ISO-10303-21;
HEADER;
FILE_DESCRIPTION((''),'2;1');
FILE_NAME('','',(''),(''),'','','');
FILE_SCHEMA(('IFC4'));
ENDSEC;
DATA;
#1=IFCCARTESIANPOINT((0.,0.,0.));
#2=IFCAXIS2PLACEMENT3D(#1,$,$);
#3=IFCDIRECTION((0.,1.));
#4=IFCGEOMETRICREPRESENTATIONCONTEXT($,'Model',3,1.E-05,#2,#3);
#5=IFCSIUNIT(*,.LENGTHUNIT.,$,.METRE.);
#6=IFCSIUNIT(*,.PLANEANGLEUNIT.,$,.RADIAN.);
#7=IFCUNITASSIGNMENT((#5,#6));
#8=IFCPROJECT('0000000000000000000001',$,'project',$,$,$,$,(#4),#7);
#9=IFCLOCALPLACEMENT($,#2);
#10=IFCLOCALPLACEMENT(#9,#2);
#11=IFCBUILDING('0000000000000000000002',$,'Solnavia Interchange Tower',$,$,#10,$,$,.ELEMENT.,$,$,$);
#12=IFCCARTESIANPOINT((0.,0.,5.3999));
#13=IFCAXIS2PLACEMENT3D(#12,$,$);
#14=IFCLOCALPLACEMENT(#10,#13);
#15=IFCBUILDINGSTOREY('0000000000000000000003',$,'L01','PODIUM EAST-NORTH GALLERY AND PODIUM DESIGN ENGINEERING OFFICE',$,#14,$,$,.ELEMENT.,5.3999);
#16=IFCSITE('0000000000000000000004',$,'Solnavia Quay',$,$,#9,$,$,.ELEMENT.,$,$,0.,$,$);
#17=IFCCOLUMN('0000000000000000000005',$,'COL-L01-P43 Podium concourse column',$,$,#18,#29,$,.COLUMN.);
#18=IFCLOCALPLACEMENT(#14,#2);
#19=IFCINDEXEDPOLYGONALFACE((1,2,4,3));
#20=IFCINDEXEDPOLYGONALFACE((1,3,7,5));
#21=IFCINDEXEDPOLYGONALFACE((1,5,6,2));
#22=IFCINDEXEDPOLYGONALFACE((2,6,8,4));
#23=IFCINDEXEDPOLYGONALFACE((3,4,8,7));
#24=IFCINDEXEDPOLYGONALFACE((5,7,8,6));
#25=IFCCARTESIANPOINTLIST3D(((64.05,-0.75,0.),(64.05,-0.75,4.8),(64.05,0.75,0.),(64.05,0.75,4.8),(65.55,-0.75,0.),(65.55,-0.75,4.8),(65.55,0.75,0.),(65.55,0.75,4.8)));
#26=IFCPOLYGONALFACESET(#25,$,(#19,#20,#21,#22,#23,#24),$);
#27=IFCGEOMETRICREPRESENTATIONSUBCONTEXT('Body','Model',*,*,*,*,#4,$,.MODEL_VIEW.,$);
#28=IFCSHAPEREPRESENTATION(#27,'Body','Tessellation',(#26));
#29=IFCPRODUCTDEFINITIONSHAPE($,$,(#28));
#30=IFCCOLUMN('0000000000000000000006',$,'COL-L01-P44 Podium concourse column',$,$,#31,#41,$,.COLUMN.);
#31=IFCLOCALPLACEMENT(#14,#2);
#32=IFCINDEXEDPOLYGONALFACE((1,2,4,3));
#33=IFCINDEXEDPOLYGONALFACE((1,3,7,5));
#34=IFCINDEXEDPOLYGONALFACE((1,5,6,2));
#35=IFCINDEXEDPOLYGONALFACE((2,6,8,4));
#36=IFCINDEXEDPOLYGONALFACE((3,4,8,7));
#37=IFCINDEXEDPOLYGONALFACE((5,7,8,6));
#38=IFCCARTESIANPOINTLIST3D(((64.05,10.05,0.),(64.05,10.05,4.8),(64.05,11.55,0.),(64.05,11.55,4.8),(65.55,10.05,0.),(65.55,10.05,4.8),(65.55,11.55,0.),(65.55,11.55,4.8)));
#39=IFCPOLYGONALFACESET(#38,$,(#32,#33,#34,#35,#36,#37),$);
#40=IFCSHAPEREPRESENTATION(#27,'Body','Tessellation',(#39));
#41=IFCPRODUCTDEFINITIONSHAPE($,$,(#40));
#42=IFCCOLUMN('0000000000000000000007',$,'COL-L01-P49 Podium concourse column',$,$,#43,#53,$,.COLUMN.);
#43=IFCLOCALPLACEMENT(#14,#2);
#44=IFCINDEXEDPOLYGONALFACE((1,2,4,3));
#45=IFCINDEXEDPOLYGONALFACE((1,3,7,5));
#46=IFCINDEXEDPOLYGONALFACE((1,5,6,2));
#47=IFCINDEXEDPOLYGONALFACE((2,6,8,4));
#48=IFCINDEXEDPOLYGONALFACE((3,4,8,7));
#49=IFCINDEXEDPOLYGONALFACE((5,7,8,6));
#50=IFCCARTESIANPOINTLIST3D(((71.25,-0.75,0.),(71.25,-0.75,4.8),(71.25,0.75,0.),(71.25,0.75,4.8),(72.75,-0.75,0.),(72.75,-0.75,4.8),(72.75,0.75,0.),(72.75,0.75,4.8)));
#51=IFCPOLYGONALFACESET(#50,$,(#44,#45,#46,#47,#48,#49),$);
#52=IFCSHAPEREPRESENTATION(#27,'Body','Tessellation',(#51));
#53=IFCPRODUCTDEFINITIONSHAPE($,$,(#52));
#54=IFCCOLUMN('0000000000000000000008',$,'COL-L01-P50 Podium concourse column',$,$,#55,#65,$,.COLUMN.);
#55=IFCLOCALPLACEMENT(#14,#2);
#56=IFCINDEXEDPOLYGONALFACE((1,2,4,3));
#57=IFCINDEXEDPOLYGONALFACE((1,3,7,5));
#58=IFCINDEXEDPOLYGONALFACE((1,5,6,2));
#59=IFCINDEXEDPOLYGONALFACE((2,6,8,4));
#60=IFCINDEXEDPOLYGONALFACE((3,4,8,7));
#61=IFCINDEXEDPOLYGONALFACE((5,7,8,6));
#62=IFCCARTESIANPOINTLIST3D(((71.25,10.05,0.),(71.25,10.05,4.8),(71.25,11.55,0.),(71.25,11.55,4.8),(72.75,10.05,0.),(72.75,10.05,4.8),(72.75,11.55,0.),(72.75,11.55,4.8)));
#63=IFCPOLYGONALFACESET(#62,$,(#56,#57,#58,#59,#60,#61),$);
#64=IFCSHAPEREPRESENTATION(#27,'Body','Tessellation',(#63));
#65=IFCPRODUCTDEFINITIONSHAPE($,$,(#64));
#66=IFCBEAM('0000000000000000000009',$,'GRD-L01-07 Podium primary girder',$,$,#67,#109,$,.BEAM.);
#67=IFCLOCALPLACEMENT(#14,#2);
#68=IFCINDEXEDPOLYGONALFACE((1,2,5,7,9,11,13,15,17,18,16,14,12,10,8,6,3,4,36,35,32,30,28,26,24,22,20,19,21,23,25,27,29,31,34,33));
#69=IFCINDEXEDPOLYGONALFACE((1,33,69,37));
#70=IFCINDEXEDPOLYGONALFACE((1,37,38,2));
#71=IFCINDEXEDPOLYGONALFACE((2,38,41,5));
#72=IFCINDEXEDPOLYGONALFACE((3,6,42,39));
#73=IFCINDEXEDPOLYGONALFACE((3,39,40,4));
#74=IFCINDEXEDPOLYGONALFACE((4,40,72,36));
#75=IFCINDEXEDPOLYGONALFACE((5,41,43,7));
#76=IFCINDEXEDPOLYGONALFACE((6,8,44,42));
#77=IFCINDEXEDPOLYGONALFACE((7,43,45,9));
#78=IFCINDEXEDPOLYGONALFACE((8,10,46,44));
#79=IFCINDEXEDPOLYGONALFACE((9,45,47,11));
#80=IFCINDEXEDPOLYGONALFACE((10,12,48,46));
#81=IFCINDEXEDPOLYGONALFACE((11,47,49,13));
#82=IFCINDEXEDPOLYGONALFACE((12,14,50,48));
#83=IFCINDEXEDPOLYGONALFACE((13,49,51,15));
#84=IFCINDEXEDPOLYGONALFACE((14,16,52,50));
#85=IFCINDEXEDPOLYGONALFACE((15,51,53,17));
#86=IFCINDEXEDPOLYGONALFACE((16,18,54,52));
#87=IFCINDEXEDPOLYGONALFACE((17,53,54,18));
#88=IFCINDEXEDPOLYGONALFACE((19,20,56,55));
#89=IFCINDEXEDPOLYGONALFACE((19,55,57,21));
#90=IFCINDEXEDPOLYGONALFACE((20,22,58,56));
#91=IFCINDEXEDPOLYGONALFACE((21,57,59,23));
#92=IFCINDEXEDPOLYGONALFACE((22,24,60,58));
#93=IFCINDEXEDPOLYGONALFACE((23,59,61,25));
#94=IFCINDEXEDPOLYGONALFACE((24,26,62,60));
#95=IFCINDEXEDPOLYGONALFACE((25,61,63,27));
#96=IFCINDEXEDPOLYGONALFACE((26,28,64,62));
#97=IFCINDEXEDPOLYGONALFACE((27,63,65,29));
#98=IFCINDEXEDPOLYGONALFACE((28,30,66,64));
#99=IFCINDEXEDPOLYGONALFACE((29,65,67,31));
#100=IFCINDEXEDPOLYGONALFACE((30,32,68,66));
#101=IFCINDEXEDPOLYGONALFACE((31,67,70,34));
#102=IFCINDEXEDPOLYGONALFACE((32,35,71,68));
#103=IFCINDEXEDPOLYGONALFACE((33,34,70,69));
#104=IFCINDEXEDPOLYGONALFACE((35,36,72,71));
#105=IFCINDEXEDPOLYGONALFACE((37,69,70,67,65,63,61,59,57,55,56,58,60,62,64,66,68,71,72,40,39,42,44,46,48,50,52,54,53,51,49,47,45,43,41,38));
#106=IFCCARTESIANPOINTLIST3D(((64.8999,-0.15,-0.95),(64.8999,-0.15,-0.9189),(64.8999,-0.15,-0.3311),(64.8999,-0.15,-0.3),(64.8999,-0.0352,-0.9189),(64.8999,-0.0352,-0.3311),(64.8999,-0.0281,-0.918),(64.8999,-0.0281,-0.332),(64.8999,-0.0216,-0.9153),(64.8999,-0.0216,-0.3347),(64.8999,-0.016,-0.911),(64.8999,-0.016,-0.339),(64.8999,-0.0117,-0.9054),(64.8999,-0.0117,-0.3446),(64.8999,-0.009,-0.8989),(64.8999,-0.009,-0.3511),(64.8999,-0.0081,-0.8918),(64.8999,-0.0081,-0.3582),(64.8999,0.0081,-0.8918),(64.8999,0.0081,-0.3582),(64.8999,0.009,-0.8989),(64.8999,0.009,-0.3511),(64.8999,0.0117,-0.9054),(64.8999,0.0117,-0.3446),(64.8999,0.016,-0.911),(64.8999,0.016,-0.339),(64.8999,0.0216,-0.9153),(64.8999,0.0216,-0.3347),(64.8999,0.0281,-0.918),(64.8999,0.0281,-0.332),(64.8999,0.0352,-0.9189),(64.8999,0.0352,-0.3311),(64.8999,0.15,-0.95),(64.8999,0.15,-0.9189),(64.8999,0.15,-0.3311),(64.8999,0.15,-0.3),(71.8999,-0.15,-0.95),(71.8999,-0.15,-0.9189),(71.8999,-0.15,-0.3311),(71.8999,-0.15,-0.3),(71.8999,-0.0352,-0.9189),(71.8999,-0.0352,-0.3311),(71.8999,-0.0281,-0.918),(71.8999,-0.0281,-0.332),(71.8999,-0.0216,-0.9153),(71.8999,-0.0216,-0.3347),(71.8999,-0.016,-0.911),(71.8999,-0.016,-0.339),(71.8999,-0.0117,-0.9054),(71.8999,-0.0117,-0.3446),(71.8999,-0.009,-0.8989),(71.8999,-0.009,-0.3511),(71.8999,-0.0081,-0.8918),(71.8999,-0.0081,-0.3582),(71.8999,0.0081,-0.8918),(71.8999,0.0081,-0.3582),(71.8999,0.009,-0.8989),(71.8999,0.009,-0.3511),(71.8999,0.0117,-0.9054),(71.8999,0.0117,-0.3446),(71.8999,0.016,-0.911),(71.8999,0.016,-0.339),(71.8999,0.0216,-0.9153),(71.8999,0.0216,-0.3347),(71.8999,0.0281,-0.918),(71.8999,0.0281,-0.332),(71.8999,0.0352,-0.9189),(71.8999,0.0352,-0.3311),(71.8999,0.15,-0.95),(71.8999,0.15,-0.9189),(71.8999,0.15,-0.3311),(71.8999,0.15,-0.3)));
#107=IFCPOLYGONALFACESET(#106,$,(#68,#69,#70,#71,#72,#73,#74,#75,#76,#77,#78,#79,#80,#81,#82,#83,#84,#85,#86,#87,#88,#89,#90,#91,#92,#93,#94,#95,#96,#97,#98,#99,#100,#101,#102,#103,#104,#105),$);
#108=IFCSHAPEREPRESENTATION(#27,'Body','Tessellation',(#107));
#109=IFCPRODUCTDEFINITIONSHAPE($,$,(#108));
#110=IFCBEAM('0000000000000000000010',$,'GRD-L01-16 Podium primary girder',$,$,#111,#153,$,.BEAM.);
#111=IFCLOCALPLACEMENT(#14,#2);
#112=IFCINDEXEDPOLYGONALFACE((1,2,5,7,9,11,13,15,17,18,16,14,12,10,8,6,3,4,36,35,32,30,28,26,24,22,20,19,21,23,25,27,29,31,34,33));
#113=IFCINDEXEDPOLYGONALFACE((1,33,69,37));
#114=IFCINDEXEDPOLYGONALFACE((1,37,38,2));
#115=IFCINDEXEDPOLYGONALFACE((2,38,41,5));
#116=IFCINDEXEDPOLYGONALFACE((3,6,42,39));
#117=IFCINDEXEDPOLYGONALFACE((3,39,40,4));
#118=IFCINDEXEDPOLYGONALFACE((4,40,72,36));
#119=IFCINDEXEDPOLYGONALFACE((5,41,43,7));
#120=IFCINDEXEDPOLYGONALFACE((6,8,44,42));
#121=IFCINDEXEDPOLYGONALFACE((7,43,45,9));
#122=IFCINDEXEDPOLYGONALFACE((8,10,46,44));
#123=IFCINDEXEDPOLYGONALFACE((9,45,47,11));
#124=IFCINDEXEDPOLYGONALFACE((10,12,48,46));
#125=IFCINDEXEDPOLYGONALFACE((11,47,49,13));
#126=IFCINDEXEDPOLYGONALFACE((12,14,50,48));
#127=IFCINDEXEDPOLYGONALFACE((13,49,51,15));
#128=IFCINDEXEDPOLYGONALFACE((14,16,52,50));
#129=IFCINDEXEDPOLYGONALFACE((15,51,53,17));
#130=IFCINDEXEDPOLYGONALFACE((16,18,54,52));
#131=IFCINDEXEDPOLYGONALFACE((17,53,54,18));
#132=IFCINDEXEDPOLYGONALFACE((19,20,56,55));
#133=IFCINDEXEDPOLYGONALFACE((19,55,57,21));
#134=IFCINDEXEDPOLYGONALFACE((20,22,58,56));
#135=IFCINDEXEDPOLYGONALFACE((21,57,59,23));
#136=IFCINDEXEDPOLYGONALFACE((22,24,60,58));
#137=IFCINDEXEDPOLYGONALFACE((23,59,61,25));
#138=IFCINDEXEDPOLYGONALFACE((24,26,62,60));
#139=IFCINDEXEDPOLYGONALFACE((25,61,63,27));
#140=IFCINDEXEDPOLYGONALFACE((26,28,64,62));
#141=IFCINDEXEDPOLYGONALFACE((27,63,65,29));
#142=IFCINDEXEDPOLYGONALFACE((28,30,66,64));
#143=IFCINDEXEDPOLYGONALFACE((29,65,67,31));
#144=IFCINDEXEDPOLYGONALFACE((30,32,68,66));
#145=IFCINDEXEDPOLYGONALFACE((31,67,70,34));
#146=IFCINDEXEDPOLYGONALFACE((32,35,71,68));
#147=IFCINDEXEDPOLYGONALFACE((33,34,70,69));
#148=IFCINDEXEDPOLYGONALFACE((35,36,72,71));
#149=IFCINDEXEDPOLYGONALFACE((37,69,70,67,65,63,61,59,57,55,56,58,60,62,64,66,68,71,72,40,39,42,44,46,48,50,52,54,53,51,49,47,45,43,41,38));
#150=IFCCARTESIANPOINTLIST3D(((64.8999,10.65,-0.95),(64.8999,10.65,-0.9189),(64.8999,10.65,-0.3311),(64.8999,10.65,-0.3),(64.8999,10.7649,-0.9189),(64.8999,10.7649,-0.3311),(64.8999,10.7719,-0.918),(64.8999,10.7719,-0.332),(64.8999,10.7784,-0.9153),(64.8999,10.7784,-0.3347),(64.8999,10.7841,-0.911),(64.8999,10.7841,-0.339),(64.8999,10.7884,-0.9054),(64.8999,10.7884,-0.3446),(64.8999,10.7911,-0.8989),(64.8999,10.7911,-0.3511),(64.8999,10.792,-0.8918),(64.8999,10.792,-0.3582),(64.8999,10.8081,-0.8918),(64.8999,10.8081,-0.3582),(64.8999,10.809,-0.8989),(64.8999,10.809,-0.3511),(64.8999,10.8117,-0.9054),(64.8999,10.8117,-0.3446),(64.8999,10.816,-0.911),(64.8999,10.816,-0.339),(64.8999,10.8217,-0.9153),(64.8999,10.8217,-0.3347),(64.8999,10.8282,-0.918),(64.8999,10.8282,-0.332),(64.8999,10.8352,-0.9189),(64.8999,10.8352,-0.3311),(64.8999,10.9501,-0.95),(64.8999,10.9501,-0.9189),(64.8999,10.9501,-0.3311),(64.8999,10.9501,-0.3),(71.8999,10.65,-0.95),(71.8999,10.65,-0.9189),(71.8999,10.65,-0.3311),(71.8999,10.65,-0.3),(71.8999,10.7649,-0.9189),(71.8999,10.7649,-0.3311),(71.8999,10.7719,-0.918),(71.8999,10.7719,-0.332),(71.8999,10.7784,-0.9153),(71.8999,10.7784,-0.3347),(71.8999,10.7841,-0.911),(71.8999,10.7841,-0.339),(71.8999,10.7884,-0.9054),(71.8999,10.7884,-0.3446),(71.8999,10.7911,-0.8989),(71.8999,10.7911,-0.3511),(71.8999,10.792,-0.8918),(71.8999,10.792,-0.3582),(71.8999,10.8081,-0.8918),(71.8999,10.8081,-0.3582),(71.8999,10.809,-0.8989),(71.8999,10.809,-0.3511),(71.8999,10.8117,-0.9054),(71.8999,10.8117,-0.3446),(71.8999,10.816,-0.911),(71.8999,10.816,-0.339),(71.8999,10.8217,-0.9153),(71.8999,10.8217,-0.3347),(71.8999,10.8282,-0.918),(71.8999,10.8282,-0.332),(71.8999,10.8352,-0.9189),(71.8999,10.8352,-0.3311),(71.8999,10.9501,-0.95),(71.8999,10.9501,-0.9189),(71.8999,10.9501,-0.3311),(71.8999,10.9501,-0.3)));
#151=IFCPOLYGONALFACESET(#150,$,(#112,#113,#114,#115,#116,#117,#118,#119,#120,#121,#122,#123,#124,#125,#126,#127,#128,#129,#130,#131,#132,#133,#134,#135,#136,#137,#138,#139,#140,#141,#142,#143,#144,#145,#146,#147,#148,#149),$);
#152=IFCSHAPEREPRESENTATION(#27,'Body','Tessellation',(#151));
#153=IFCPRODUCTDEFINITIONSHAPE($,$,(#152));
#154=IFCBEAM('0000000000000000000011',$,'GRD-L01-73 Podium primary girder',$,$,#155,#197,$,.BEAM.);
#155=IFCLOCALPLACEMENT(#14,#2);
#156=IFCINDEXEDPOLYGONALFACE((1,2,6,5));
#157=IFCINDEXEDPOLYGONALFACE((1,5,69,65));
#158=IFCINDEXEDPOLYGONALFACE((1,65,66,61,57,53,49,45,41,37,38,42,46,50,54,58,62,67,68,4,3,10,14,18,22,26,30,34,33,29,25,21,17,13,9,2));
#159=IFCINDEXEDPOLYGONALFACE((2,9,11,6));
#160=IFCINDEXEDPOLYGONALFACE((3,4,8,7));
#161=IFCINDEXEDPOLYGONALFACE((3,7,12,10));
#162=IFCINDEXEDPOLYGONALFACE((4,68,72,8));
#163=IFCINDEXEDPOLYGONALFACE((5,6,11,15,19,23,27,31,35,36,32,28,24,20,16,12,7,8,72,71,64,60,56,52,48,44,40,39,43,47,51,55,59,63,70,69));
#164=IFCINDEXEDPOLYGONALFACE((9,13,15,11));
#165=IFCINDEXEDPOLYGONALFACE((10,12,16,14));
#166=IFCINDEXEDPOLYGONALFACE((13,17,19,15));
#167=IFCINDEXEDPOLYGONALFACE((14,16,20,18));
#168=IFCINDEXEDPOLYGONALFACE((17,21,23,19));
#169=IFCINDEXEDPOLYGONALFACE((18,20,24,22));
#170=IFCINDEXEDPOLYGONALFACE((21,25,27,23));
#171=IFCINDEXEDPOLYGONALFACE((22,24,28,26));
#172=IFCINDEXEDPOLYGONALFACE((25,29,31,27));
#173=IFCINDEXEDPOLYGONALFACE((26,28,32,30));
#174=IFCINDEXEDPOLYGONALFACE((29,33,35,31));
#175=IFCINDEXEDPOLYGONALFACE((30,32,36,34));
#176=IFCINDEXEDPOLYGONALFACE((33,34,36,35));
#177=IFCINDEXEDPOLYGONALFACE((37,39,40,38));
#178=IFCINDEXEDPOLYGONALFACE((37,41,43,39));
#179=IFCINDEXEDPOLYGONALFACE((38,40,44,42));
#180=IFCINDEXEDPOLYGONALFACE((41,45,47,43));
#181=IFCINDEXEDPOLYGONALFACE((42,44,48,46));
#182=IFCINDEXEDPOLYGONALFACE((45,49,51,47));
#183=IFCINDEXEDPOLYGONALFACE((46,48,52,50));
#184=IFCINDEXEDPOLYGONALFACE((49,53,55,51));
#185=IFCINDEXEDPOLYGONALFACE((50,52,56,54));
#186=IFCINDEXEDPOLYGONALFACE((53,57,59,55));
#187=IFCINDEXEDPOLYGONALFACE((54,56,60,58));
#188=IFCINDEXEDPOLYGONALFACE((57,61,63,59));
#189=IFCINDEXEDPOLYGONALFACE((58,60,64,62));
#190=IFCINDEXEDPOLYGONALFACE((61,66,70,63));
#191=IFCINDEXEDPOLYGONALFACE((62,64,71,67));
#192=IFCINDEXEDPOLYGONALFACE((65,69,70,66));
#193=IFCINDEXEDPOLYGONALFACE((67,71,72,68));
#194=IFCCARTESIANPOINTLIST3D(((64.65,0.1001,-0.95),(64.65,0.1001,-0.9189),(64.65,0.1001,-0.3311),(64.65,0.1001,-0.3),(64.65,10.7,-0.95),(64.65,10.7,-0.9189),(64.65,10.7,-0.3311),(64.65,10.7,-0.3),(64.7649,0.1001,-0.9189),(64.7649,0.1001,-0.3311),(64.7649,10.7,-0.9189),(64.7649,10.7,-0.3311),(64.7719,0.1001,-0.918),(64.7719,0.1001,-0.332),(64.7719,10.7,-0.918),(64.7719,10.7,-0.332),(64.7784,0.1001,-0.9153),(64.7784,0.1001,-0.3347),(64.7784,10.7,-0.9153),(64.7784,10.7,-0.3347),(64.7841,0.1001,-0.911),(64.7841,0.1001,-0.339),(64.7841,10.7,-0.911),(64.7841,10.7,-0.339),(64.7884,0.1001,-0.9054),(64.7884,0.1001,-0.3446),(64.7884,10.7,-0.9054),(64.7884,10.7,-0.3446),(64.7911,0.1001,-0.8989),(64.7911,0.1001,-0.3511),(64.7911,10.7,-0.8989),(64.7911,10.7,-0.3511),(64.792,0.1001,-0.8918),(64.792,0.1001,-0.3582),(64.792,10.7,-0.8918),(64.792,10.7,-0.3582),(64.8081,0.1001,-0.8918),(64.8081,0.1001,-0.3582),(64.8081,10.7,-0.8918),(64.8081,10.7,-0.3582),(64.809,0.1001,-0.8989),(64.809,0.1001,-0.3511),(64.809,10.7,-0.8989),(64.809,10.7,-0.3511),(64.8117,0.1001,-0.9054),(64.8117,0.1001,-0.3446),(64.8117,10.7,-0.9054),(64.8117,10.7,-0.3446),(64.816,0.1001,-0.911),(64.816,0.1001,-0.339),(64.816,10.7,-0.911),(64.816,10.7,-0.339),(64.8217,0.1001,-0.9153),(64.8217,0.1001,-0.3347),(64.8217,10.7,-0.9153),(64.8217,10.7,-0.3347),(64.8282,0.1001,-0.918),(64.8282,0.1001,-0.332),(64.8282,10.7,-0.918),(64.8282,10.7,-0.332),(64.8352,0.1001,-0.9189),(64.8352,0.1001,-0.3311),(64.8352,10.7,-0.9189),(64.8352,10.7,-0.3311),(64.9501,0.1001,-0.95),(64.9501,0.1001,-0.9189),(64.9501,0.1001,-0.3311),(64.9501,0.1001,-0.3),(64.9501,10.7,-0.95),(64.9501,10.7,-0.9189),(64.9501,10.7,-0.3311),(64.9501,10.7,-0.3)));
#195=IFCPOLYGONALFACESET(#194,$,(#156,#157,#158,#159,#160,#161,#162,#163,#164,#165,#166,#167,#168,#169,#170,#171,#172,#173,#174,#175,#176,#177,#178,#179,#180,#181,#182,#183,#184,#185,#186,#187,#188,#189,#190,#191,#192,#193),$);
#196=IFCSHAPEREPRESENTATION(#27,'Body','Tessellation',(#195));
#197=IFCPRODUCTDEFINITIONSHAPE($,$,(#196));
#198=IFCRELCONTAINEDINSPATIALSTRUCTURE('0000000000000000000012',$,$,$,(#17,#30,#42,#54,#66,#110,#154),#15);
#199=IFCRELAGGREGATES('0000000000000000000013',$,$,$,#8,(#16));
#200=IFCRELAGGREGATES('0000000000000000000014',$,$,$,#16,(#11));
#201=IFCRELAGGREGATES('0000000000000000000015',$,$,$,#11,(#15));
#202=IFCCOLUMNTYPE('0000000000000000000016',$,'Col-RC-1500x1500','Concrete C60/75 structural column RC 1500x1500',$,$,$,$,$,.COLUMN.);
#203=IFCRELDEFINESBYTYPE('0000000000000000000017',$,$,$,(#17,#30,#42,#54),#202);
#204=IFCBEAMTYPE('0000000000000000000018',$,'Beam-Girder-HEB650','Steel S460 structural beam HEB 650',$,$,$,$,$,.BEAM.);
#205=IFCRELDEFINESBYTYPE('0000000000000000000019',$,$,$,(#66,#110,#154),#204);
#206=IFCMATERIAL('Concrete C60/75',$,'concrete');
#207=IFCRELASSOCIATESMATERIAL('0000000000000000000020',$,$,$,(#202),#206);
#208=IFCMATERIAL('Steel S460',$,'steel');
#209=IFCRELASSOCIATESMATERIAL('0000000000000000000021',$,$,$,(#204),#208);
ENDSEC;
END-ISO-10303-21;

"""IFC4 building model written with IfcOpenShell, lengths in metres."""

from ifc_helpers import new_model, si_unit, direction, frame, origin, origin_2d, place, context, subcontext, project, spatial, rectangle, i_section, extrude, material, material_profile, profile_set, type_object, element, save


model = new_model("IFC4")

# Units and contexts
model_context = context("Model", 3, precision=1e-05, world=origin(), true_north=direction((0.0, 1.0)))
body_context = subcontext(model_context, "Body", "Model", "MODEL_VIEW")
ifc_project = project(units=[si_unit("LENGTHUNIT", "METRE"), si_unit("PLANEANGLEUNIT", "RADIAN")], contexts=[model_context])

# Site, building, storey
site_placement = place(None, origin())
site = spatial("IfcSite", under=ifc_project, at=site_placement, Name="Solnavia Quay", CompositionType="ELEMENT", RefElevation=0.0)
building_placement = place(site_placement, origin())
building = spatial("IfcBuilding", under=site, at=building_placement, Name="Solnavia Interchange Tower", CompositionType="ELEMENT")
storey_placement = place(building_placement, frame((0.0, 0.0, 5.3999)))
storey = spatial("IfcBuildingStorey", under=building, at=storey_placement, Name="L01", Description="PODIUM EAST-NORTH GALLERY AND PODIUM DESIGN ENGINEERING OFFICE", CompositionType="ELEMENT", Elevation=5.3999)

# Columns
ifc_material_1 = material(Name="Concrete C60/75", Category="concrete")
ifc_material_profile_1 = material_profile(ifc_material_1, rectangle(XDim=1.5, YDim=1.5, at=origin_2d()), Name="RC 1500x1500")
ifc_profile_set_1 = profile_set([ifc_material_profile_1], Name="Concrete C60/75")
column_type = type_object("IfcColumnType", Name="Col-RC-1500x1500", Description="Concrete C60/75 structural column RC 1500x1500", PredefinedType="COLUMN", material=ifc_profile_set_1)
for number, where, z_axis, x_axis, name in (
    (1, (64.8, 0.0, 0.0), (0.0, 0.0, 1.0), (1.0, 0.0, 0.0), "COL-L01-P43 Podium concourse column"),
    (2, (64.8, 10.8, 0.0), (0.0, 0.0, 1.0), (1.0, 0.0, 0.0), "COL-L01-P44 Podium concourse column"),
    (3, (72.0, 0.0, 0.0), (0.0, 0.0, 1.0), (1.0, 0.0, 0.0), "COL-L01-P49 Podium concourse column"),
    (4, (72.0, 10.8, 0.0), (0.0, 0.0, 1.0), (1.0, 0.0, 0.0), "COL-L01-P50 Podium concourse column"),
):
    element("IfcColumn", number, at=place(storey_placement, frame(where, z_axis=z_axis, x_axis=x_axis)), inside=storey, type_object=column_type, Name=name, PredefinedType="COLUMN", context=body_context, shape_type="SweptSolid", body=[
        extrude(rectangle(XDim=1.5, YDim=1.5, at=origin_2d()), origin(), (0.0, 0.0, 1.0), 4.8),
    ])

# Beams
ifc_material_2 = material(Name="Steel S460", Category="steel")
ifc_material_profile_2 = material_profile(ifc_material_2, i_section(OverallWidth=0.3, OverallDepth=0.6499, WebThickness=0.0161, FlangeThickness=0.031, FilletRadius=0.0271, at=origin_2d()), Name="HEB 650")
ifc_profile_set_2 = profile_set([ifc_material_profile_2], Name="Steel S460")
beam_type_1 = type_object("IfcBeamType", Name="Beam-Girder-HEB650", Description="Steel S460 structural beam HEB 650", PredefinedType="BEAM", material=ifc_profile_set_2)
for number, where, z_axis, x_axis, name in (
    (5, (64.8999, 0.0, -0.625), (1.0, 0.0, 0.0), (0.0, 1.0, 0.0), "GRD-L01-07 Podium primary girder"),
    (6, (64.8999, 10.8, -0.625), (1.0, 0.0, 0.0), (0.0, 1.0, 0.0), "GRD-L01-16 Podium primary girder"),
):
    element("IfcBeam", number, at=place(storey_placement, frame(where, z_axis=z_axis, x_axis=x_axis)), inside=storey, type_object=beam_type_1, Name=name, PredefinedType="BEAM", context=body_context, shape_type="SweptSolid", body=[
        extrude(i_section(OverallWidth=0.3, OverallDepth=0.6499, WebThickness=0.0161, FlangeThickness=0.031, FilletRadius=0.0271, at=origin_2d()), origin(), (0.0, 0.0, 1.0), 7.0),
    ])
beam_1_placement = place(storey_placement, frame((64.8, 0.1001, -0.625), z_axis=(0.0, 1.0, 0.0), x_axis=(-1.0, 0.0, 0.0)))
element("IfcBeam", 7, at=beam_1_placement, inside=storey, type_object=beam_type_1, Name="GRD-L01-73 Podium primary girder", PredefinedType="BEAM", context=body_context, shape_type="SweptSolid", body=[
    extrude(i_section(OverallWidth=0.3, OverallDepth=0.6499, WebThickness=0.0161, FlangeThickness=0.031, FilletRadius=0.0271, at=origin_2d()), origin(), (0.0, 0.0, 1.0), 10.5999),
])

save(model, "model.ifc")
